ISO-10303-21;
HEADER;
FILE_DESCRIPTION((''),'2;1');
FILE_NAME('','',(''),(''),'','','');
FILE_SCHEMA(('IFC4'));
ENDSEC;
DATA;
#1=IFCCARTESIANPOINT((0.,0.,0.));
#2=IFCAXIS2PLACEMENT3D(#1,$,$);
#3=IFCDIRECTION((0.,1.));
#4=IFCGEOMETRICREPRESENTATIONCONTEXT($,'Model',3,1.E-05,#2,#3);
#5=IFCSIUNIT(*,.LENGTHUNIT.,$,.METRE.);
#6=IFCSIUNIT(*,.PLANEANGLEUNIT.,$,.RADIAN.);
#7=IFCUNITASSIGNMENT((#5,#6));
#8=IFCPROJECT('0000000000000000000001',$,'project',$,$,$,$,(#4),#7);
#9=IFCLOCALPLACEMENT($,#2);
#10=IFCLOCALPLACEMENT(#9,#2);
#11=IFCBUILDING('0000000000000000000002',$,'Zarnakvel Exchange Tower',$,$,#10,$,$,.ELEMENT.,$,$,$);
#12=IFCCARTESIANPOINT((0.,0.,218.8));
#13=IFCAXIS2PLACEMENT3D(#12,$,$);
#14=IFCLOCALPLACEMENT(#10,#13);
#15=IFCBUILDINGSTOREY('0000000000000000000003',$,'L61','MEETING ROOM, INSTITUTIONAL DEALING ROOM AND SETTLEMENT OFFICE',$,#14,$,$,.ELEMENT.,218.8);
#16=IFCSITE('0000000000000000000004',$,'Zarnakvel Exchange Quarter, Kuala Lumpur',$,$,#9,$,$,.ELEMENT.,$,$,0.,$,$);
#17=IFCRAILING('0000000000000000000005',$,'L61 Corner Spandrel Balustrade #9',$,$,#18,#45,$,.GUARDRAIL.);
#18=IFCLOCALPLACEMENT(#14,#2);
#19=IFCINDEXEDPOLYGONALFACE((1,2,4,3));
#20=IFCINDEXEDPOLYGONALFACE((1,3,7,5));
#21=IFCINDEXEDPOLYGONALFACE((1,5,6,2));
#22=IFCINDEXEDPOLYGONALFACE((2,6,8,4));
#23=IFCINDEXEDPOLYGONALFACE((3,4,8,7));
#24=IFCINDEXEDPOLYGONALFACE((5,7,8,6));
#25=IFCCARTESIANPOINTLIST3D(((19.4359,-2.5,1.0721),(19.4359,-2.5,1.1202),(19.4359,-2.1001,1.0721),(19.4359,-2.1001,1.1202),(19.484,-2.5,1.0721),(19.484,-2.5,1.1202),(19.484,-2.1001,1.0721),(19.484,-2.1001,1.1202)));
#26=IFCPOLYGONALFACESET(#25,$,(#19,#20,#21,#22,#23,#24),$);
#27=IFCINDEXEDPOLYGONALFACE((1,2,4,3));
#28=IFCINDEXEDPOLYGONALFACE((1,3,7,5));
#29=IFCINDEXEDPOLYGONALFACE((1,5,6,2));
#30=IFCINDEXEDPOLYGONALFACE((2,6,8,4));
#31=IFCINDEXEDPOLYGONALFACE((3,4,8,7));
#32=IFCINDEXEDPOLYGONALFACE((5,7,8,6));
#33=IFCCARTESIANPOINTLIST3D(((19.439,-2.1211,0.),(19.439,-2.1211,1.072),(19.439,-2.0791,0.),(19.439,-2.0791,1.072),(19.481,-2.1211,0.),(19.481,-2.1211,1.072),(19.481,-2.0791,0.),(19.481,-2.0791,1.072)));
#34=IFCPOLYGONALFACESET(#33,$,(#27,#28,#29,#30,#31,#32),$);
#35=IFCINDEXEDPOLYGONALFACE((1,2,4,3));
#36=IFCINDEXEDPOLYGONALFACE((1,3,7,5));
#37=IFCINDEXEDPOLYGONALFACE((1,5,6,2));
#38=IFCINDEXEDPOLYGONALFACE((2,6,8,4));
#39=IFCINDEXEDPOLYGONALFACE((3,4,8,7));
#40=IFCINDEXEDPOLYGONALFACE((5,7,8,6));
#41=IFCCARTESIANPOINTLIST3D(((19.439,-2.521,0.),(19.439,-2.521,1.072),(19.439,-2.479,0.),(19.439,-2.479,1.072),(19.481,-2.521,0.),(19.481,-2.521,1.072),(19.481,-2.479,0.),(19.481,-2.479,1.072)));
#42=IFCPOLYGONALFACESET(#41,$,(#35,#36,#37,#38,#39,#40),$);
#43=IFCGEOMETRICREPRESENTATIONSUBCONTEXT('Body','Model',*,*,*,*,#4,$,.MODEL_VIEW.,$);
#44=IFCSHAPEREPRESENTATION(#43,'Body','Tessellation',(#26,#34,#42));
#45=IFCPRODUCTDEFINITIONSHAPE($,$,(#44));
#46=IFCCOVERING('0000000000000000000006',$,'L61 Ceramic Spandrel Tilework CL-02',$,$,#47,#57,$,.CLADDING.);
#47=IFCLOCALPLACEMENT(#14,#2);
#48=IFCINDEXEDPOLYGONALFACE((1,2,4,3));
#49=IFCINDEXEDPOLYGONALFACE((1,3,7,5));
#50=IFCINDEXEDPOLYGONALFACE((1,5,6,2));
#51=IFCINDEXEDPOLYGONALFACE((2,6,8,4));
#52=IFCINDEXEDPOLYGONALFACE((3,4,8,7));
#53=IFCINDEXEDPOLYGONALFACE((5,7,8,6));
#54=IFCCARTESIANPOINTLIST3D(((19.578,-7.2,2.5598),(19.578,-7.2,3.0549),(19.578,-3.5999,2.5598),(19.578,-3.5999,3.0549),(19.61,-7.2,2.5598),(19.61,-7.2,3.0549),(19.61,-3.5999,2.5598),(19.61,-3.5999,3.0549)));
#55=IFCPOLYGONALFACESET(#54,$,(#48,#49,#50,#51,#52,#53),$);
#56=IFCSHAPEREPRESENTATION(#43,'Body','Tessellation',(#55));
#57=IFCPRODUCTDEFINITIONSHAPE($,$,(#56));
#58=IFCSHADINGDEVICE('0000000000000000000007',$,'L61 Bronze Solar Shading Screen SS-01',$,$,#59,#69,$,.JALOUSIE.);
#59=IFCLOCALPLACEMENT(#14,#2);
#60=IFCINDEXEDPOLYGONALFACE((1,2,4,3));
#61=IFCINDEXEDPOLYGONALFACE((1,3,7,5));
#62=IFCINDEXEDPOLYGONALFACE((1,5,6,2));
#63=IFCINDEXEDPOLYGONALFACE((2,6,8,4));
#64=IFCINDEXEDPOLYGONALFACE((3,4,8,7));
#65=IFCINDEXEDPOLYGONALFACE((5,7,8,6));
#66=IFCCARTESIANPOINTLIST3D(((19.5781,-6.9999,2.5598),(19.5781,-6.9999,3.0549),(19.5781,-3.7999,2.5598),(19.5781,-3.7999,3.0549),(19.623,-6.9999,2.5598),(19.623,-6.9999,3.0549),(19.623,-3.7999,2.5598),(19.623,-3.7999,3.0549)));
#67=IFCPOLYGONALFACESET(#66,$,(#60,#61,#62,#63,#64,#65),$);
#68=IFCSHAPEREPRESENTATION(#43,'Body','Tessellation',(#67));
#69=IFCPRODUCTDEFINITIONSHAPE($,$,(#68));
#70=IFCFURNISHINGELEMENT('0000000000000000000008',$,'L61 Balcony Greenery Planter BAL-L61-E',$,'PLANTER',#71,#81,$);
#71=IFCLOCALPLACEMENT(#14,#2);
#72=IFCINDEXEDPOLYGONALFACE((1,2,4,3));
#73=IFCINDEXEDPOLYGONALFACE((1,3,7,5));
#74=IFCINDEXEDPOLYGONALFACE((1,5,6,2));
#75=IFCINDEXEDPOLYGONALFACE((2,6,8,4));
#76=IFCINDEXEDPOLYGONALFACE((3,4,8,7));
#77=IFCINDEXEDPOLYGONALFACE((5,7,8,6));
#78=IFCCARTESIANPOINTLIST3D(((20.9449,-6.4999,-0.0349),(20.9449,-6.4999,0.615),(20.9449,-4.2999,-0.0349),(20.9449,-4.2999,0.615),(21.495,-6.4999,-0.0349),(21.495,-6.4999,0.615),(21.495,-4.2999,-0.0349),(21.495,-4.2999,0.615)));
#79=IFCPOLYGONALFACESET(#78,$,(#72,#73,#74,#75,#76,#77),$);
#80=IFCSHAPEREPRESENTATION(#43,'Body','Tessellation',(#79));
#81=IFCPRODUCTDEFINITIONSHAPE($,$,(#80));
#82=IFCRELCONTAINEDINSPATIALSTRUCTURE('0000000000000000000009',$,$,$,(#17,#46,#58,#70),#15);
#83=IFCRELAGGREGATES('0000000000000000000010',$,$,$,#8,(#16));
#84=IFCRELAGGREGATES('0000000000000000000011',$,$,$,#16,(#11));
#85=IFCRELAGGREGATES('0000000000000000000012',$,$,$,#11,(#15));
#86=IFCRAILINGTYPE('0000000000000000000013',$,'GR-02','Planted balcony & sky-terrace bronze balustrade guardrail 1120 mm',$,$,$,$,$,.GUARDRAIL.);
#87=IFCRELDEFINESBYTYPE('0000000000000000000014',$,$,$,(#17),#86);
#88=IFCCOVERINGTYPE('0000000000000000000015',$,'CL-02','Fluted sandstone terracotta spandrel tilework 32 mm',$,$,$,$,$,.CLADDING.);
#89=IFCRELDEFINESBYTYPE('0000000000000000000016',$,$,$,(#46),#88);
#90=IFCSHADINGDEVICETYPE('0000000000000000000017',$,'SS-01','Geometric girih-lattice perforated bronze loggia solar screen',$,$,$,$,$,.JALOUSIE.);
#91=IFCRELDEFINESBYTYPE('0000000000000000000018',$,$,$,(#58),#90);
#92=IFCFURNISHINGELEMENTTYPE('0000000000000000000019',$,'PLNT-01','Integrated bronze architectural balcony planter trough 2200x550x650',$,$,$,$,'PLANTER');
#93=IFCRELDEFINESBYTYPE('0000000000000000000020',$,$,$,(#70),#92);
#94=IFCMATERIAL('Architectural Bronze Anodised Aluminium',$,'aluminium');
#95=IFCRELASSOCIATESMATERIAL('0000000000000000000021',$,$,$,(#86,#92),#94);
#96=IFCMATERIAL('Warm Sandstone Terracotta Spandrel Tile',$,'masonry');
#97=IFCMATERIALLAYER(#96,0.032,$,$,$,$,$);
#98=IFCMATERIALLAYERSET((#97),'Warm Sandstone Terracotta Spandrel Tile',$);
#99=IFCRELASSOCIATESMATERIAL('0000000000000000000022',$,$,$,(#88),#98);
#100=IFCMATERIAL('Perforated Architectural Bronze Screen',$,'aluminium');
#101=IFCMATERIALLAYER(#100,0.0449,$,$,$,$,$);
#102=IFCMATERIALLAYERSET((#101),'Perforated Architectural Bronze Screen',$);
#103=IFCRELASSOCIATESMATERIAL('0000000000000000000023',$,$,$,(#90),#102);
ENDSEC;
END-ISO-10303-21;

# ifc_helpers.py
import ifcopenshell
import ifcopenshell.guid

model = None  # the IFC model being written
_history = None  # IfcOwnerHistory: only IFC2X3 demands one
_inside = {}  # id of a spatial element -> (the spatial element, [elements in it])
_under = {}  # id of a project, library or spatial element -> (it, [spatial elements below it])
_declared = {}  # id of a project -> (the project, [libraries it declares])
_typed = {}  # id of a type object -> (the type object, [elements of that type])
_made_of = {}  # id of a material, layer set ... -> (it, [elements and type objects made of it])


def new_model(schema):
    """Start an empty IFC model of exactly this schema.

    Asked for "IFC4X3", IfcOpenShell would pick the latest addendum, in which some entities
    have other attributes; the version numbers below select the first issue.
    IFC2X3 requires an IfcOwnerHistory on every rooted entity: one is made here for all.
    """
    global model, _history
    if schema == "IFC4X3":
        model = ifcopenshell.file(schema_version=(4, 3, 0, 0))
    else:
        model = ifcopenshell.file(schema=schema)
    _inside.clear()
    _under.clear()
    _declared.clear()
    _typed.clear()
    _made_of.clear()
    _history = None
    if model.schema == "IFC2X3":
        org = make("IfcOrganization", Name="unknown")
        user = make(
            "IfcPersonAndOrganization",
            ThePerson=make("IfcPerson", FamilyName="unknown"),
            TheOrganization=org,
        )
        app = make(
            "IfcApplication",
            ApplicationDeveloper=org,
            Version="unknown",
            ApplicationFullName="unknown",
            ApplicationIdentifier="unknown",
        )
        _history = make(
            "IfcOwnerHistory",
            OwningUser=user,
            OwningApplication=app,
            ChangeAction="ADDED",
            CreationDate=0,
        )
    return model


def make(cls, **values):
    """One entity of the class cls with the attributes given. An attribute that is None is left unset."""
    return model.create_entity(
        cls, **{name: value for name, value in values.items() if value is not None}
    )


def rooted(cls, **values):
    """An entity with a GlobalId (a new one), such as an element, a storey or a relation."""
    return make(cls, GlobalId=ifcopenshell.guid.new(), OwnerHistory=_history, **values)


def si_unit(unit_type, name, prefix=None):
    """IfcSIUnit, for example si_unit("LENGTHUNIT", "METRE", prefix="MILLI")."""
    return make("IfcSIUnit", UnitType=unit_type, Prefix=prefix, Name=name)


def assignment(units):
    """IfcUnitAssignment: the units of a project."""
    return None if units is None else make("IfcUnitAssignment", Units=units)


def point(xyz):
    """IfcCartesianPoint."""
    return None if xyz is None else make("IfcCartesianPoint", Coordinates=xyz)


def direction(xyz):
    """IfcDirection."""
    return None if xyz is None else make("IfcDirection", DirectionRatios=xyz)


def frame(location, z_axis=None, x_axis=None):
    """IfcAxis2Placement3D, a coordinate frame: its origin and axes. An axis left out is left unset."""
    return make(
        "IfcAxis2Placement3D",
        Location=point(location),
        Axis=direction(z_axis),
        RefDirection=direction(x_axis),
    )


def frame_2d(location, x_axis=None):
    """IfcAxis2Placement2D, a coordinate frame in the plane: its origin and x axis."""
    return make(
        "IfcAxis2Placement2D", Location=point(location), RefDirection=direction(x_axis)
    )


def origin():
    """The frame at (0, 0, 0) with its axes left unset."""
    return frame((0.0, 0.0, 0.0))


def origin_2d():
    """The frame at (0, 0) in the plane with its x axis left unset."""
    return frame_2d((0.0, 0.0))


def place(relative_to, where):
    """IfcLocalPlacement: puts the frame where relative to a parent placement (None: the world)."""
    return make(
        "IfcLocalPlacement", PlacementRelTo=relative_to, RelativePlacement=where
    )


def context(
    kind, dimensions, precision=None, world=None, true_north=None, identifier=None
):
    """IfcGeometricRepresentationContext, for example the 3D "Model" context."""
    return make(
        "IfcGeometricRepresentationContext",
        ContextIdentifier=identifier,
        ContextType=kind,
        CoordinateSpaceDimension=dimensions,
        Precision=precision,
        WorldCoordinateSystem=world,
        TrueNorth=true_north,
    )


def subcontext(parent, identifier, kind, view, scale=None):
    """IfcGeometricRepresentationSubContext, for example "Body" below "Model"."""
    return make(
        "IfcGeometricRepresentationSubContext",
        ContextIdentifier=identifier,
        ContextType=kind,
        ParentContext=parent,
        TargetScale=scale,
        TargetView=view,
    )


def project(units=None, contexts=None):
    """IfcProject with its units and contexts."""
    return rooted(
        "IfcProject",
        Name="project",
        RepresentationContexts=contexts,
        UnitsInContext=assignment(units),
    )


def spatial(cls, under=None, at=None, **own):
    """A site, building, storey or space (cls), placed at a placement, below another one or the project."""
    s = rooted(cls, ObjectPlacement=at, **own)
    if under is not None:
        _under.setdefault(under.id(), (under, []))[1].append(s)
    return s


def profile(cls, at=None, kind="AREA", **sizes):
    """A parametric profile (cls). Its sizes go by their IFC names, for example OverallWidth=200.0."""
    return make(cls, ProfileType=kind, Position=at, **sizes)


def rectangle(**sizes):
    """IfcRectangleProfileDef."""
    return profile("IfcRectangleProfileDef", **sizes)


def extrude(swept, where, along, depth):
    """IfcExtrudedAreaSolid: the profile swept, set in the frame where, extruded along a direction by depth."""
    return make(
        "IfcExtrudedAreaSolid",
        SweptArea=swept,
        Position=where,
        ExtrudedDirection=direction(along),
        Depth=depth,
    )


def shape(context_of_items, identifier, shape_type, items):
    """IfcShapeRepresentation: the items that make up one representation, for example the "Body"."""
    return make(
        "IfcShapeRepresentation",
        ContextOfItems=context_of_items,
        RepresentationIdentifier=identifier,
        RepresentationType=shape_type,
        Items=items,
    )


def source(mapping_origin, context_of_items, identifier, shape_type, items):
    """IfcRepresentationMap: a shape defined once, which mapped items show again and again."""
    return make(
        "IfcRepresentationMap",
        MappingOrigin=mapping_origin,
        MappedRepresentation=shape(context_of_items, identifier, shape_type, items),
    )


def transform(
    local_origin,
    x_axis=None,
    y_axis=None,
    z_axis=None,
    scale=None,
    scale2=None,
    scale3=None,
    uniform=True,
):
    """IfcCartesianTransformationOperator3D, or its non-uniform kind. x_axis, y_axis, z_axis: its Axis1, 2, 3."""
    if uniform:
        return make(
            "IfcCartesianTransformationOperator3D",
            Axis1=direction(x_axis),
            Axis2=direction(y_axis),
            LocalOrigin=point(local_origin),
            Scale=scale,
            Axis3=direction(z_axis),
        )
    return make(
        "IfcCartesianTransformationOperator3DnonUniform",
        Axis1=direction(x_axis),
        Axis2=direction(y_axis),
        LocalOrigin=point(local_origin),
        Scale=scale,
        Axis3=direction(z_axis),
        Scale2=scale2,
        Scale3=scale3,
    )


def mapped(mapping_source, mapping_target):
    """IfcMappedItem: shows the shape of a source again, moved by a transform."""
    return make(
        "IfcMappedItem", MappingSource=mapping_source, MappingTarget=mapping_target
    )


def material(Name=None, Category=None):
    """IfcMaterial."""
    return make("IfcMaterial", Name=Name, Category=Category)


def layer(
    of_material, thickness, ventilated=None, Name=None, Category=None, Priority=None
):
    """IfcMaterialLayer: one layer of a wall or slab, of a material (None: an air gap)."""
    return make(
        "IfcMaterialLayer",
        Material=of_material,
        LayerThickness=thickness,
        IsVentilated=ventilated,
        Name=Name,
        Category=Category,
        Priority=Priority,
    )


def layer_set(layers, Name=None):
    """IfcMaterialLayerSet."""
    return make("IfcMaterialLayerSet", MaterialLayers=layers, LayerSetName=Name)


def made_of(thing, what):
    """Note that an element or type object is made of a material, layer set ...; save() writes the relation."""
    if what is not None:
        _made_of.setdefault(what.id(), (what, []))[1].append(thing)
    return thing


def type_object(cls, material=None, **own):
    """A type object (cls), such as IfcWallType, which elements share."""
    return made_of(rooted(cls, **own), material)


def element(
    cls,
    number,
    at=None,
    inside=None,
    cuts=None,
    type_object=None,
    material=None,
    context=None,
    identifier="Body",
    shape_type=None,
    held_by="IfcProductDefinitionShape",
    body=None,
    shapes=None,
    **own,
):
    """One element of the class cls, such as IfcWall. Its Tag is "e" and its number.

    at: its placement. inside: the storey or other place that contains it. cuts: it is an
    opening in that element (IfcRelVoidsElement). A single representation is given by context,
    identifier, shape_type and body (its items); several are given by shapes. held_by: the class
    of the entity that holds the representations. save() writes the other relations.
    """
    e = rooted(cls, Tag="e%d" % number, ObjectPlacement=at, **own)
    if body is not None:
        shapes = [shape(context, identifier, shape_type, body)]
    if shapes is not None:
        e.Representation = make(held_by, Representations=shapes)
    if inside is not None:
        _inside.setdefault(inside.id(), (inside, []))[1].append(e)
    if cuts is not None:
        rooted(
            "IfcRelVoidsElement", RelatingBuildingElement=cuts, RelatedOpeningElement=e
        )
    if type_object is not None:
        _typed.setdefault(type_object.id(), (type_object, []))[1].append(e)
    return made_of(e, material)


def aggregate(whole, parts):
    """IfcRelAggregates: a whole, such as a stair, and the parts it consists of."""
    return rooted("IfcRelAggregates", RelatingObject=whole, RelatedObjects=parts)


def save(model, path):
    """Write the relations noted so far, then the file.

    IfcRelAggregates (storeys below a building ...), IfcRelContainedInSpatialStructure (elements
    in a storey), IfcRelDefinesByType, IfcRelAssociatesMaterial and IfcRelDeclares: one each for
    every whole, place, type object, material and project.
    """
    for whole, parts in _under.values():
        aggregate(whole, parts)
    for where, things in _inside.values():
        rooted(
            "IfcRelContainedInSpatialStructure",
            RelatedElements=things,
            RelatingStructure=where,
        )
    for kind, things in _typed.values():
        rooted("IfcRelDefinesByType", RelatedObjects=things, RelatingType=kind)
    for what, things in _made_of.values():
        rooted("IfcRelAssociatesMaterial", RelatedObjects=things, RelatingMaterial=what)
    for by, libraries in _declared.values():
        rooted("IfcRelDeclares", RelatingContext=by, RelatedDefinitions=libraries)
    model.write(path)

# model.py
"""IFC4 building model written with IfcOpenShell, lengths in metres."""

from ifc_helpers import new_model, si_unit, direction, frame, origin, origin_2d, place, context, subcontext, project, spatial, rectangle, extrude, source, transform, mapped, material, layer, layer_set, type_object, element, save


model = new_model("IFC4")

# Units and contexts
model_context = context("Model", 3, precision=1e-05, world=origin(), true_north=direction((0.0, 1.0)))
body_context = subcontext(model_context, "Body", "Model", "MODEL_VIEW")
ifc_project = project(units=[si_unit("LENGTHUNIT", "METRE"), si_unit("PLANEANGLEUNIT", "RADIAN")], contexts=[model_context])

# Site, building, storey
site_placement = place(None, origin())
site = spatial("IfcSite", under=ifc_project, at=site_placement, Name="Zarnakvel Exchange Quarter, Kuala Lumpur", CompositionType="ELEMENT", RefElevation=0.0)
building_placement = place(site_placement, origin())
building = spatial("IfcBuilding", under=site, at=building_placement, Name="Zarnakvel Exchange Tower", CompositionType="ELEMENT")
storey_placement = place(building_placement, frame((0.0, 0.0, 218.8)))
storey = spatial("IfcBuildingStorey", under=building, at=storey_placement, Name="L61", Description="MEETING ROOM, INSTITUTIONAL DEALING ROOM AND SETTLEMENT OFFICE", CompositionType="ELEMENT", Elevation=218.8)

# Shared definitions
ifc_material_1 = material(Name="Architectural Bronze Anodised Aluminium", Category="aluminium")

# Railing
railing_type = type_object("IfcRailingType", Name="GR-02", Description="Planted balcony & sky-terrace bronze balustrade guardrail 1120 mm", PredefinedType="GUARDRAIL", material=ifc_material_1)
railing_placement = place(storey_placement, frame((19.46, -2.1001, 0.0)))
element("IfcRailing", 1, at=railing_placement, inside=storey, type_object=railing_type, Name="L61 Corner Spandrel Balustrade #9", PredefinedType="GUARDRAIL", context=body_context, shape_type="SweptSolid", body=[
    extrude(rectangle(XDim=0.0481, YDim=0.0481, at=origin_2d()), frame((0.0, 0.0, 1.0962), z_axis=(0.0, -1.0, 0.0), x_axis=(1.0, 0.0, 0.0)), (0.0, 0.0, 1.0), 0.3999),
    extrude(rectangle(XDim=0.042, YDim=0.042, at=origin_2d()), origin(), (0.0, 0.0, 1.0), 1.072),
    extrude(rectangle(XDim=0.042, YDim=0.042, at=origin_2d()), frame((0.0, -0.3999, 0.0)), (0.0, 0.0, 1.0), 1.072),
])

# Covering
ifc_material_2 = material(Name="Warm Sandstone Terracotta Spandrel Tile", Category="masonry")
ifc_layer_1 = layer(ifc_material_2, 0.032)
ifc_layer_set_1 = layer_set([ifc_layer_1], Name="Warm Sandstone Terracotta Spandrel Tile")
covering_type = type_object("IfcCoveringType", Name="CL-02", Description="Fluted sandstone terracotta spandrel tilework 32 mm", PredefinedType="CLADDING", material=ifc_layer_set_1)
shared_shape_1 = source(origin(), body_context, "Body", "SweptSolid", [
    extrude(rectangle(XDim=3.6001, YDim=0.032, at=origin_2d()), origin(), (0.0, 0.0, 1.0), 0.4951),
])
covering_placement = place(storey_placement, frame((19.594, -5.3999, 2.5598), z_axis=(0.0, 0.0, 1.0), x_axis=(0.0, -1.0, 0.0)))
element("IfcCovering", 2, at=covering_placement, inside=storey, type_object=covering_type, Name="L61 Ceramic Spandrel Tilework CL-02", PredefinedType="CLADDING", context=body_context, shape_type="MappedRepresentation", body=[
    mapped(shared_shape_1, transform((0.0, 0.0, 0.0), x_axis=(1.0, 0.0, 0.0), y_axis=(0.0, 1.0, 0.0), z_axis=(0.0, 0.0, 1.0), scale=1.0)),
])

# Shading device
ifc_material_3 = material(Name="Perforated Architectural Bronze Screen", Category="aluminium")
ifc_layer_2 = layer(ifc_material_3, 0.0449)
ifc_layer_set_2 = layer_set([ifc_layer_2], Name="Perforated Architectural Bronze Screen")
shading_device_type = type_object("IfcShadingDeviceType", Name="SS-01", Description="Geometric girih-lattice perforated bronze loggia solar screen", PredefinedType="JALOUSIE", material=ifc_layer_set_2)
shared_shape_2 = source(origin(), body_context, "Body", "SweptSolid", [
    extrude(rectangle(XDim=3.2, YDim=0.0449, at=origin_2d()), origin(), (0.0, 0.0, 1.0), 0.4951),
])
shading_device_placement = place(storey_placement, frame((19.6006, -5.3999, 2.5598), z_axis=(0.0, 0.0, 1.0), x_axis=(0.0, -1.0, 0.0)))
element("IfcShadingDevice", 3, at=shading_device_placement, inside=storey, type_object=shading_device_type, Name="L61 Bronze Solar Shading Screen SS-01", PredefinedType="JALOUSIE", context=body_context, shape_type="MappedRepresentation", body=[
    mapped(shared_shape_2, transform((0.0, 0.0, 0.0), x_axis=(1.0, 0.0, 0.0), y_axis=(0.0, 1.0, 0.0), z_axis=(0.0, 0.0, 1.0), scale=1.0)),
])

# Furnishing element
furnishing_element_type = type_object("IfcFurnishingElementType", Name="PLNT-01", Description="Integrated bronze architectural balcony planter trough 2200x550x650", ElementType="PLANTER", material=ifc_material_1)
shared_shape_3 = source(origin(), body_context, "Body", "SweptSolid", [
    extrude(rectangle(XDim=2.2, YDim=0.55, at=origin_2d()), origin(), (0.0, 0.0, 1.0), 0.6499),
])
furnishing_placement = place(storey_placement, frame((21.22, -5.3999, -0.0349), z_axis=(0.0, 0.0, 1.0), x_axis=(0.0, 1.0, 0.0)))
element("IfcFurnishingElement", 4, at=furnishing_placement, inside=storey, type_object=furnishing_element_type, Name="L61 Balcony Greenery Planter BAL-L61-E", ObjectType="PLANTER", context=body_context, shape_type="MappedRepresentation", body=[
    mapped(shared_shape_3, transform((0.0, 0.0, 0.0), x_axis=(1.0, 0.0, 0.0), y_axis=(0.0, 1.0, 0.0), z_axis=(0.0, 0.0, 1.0), scale=1.0)),
])

save(model, "model.ifc")
